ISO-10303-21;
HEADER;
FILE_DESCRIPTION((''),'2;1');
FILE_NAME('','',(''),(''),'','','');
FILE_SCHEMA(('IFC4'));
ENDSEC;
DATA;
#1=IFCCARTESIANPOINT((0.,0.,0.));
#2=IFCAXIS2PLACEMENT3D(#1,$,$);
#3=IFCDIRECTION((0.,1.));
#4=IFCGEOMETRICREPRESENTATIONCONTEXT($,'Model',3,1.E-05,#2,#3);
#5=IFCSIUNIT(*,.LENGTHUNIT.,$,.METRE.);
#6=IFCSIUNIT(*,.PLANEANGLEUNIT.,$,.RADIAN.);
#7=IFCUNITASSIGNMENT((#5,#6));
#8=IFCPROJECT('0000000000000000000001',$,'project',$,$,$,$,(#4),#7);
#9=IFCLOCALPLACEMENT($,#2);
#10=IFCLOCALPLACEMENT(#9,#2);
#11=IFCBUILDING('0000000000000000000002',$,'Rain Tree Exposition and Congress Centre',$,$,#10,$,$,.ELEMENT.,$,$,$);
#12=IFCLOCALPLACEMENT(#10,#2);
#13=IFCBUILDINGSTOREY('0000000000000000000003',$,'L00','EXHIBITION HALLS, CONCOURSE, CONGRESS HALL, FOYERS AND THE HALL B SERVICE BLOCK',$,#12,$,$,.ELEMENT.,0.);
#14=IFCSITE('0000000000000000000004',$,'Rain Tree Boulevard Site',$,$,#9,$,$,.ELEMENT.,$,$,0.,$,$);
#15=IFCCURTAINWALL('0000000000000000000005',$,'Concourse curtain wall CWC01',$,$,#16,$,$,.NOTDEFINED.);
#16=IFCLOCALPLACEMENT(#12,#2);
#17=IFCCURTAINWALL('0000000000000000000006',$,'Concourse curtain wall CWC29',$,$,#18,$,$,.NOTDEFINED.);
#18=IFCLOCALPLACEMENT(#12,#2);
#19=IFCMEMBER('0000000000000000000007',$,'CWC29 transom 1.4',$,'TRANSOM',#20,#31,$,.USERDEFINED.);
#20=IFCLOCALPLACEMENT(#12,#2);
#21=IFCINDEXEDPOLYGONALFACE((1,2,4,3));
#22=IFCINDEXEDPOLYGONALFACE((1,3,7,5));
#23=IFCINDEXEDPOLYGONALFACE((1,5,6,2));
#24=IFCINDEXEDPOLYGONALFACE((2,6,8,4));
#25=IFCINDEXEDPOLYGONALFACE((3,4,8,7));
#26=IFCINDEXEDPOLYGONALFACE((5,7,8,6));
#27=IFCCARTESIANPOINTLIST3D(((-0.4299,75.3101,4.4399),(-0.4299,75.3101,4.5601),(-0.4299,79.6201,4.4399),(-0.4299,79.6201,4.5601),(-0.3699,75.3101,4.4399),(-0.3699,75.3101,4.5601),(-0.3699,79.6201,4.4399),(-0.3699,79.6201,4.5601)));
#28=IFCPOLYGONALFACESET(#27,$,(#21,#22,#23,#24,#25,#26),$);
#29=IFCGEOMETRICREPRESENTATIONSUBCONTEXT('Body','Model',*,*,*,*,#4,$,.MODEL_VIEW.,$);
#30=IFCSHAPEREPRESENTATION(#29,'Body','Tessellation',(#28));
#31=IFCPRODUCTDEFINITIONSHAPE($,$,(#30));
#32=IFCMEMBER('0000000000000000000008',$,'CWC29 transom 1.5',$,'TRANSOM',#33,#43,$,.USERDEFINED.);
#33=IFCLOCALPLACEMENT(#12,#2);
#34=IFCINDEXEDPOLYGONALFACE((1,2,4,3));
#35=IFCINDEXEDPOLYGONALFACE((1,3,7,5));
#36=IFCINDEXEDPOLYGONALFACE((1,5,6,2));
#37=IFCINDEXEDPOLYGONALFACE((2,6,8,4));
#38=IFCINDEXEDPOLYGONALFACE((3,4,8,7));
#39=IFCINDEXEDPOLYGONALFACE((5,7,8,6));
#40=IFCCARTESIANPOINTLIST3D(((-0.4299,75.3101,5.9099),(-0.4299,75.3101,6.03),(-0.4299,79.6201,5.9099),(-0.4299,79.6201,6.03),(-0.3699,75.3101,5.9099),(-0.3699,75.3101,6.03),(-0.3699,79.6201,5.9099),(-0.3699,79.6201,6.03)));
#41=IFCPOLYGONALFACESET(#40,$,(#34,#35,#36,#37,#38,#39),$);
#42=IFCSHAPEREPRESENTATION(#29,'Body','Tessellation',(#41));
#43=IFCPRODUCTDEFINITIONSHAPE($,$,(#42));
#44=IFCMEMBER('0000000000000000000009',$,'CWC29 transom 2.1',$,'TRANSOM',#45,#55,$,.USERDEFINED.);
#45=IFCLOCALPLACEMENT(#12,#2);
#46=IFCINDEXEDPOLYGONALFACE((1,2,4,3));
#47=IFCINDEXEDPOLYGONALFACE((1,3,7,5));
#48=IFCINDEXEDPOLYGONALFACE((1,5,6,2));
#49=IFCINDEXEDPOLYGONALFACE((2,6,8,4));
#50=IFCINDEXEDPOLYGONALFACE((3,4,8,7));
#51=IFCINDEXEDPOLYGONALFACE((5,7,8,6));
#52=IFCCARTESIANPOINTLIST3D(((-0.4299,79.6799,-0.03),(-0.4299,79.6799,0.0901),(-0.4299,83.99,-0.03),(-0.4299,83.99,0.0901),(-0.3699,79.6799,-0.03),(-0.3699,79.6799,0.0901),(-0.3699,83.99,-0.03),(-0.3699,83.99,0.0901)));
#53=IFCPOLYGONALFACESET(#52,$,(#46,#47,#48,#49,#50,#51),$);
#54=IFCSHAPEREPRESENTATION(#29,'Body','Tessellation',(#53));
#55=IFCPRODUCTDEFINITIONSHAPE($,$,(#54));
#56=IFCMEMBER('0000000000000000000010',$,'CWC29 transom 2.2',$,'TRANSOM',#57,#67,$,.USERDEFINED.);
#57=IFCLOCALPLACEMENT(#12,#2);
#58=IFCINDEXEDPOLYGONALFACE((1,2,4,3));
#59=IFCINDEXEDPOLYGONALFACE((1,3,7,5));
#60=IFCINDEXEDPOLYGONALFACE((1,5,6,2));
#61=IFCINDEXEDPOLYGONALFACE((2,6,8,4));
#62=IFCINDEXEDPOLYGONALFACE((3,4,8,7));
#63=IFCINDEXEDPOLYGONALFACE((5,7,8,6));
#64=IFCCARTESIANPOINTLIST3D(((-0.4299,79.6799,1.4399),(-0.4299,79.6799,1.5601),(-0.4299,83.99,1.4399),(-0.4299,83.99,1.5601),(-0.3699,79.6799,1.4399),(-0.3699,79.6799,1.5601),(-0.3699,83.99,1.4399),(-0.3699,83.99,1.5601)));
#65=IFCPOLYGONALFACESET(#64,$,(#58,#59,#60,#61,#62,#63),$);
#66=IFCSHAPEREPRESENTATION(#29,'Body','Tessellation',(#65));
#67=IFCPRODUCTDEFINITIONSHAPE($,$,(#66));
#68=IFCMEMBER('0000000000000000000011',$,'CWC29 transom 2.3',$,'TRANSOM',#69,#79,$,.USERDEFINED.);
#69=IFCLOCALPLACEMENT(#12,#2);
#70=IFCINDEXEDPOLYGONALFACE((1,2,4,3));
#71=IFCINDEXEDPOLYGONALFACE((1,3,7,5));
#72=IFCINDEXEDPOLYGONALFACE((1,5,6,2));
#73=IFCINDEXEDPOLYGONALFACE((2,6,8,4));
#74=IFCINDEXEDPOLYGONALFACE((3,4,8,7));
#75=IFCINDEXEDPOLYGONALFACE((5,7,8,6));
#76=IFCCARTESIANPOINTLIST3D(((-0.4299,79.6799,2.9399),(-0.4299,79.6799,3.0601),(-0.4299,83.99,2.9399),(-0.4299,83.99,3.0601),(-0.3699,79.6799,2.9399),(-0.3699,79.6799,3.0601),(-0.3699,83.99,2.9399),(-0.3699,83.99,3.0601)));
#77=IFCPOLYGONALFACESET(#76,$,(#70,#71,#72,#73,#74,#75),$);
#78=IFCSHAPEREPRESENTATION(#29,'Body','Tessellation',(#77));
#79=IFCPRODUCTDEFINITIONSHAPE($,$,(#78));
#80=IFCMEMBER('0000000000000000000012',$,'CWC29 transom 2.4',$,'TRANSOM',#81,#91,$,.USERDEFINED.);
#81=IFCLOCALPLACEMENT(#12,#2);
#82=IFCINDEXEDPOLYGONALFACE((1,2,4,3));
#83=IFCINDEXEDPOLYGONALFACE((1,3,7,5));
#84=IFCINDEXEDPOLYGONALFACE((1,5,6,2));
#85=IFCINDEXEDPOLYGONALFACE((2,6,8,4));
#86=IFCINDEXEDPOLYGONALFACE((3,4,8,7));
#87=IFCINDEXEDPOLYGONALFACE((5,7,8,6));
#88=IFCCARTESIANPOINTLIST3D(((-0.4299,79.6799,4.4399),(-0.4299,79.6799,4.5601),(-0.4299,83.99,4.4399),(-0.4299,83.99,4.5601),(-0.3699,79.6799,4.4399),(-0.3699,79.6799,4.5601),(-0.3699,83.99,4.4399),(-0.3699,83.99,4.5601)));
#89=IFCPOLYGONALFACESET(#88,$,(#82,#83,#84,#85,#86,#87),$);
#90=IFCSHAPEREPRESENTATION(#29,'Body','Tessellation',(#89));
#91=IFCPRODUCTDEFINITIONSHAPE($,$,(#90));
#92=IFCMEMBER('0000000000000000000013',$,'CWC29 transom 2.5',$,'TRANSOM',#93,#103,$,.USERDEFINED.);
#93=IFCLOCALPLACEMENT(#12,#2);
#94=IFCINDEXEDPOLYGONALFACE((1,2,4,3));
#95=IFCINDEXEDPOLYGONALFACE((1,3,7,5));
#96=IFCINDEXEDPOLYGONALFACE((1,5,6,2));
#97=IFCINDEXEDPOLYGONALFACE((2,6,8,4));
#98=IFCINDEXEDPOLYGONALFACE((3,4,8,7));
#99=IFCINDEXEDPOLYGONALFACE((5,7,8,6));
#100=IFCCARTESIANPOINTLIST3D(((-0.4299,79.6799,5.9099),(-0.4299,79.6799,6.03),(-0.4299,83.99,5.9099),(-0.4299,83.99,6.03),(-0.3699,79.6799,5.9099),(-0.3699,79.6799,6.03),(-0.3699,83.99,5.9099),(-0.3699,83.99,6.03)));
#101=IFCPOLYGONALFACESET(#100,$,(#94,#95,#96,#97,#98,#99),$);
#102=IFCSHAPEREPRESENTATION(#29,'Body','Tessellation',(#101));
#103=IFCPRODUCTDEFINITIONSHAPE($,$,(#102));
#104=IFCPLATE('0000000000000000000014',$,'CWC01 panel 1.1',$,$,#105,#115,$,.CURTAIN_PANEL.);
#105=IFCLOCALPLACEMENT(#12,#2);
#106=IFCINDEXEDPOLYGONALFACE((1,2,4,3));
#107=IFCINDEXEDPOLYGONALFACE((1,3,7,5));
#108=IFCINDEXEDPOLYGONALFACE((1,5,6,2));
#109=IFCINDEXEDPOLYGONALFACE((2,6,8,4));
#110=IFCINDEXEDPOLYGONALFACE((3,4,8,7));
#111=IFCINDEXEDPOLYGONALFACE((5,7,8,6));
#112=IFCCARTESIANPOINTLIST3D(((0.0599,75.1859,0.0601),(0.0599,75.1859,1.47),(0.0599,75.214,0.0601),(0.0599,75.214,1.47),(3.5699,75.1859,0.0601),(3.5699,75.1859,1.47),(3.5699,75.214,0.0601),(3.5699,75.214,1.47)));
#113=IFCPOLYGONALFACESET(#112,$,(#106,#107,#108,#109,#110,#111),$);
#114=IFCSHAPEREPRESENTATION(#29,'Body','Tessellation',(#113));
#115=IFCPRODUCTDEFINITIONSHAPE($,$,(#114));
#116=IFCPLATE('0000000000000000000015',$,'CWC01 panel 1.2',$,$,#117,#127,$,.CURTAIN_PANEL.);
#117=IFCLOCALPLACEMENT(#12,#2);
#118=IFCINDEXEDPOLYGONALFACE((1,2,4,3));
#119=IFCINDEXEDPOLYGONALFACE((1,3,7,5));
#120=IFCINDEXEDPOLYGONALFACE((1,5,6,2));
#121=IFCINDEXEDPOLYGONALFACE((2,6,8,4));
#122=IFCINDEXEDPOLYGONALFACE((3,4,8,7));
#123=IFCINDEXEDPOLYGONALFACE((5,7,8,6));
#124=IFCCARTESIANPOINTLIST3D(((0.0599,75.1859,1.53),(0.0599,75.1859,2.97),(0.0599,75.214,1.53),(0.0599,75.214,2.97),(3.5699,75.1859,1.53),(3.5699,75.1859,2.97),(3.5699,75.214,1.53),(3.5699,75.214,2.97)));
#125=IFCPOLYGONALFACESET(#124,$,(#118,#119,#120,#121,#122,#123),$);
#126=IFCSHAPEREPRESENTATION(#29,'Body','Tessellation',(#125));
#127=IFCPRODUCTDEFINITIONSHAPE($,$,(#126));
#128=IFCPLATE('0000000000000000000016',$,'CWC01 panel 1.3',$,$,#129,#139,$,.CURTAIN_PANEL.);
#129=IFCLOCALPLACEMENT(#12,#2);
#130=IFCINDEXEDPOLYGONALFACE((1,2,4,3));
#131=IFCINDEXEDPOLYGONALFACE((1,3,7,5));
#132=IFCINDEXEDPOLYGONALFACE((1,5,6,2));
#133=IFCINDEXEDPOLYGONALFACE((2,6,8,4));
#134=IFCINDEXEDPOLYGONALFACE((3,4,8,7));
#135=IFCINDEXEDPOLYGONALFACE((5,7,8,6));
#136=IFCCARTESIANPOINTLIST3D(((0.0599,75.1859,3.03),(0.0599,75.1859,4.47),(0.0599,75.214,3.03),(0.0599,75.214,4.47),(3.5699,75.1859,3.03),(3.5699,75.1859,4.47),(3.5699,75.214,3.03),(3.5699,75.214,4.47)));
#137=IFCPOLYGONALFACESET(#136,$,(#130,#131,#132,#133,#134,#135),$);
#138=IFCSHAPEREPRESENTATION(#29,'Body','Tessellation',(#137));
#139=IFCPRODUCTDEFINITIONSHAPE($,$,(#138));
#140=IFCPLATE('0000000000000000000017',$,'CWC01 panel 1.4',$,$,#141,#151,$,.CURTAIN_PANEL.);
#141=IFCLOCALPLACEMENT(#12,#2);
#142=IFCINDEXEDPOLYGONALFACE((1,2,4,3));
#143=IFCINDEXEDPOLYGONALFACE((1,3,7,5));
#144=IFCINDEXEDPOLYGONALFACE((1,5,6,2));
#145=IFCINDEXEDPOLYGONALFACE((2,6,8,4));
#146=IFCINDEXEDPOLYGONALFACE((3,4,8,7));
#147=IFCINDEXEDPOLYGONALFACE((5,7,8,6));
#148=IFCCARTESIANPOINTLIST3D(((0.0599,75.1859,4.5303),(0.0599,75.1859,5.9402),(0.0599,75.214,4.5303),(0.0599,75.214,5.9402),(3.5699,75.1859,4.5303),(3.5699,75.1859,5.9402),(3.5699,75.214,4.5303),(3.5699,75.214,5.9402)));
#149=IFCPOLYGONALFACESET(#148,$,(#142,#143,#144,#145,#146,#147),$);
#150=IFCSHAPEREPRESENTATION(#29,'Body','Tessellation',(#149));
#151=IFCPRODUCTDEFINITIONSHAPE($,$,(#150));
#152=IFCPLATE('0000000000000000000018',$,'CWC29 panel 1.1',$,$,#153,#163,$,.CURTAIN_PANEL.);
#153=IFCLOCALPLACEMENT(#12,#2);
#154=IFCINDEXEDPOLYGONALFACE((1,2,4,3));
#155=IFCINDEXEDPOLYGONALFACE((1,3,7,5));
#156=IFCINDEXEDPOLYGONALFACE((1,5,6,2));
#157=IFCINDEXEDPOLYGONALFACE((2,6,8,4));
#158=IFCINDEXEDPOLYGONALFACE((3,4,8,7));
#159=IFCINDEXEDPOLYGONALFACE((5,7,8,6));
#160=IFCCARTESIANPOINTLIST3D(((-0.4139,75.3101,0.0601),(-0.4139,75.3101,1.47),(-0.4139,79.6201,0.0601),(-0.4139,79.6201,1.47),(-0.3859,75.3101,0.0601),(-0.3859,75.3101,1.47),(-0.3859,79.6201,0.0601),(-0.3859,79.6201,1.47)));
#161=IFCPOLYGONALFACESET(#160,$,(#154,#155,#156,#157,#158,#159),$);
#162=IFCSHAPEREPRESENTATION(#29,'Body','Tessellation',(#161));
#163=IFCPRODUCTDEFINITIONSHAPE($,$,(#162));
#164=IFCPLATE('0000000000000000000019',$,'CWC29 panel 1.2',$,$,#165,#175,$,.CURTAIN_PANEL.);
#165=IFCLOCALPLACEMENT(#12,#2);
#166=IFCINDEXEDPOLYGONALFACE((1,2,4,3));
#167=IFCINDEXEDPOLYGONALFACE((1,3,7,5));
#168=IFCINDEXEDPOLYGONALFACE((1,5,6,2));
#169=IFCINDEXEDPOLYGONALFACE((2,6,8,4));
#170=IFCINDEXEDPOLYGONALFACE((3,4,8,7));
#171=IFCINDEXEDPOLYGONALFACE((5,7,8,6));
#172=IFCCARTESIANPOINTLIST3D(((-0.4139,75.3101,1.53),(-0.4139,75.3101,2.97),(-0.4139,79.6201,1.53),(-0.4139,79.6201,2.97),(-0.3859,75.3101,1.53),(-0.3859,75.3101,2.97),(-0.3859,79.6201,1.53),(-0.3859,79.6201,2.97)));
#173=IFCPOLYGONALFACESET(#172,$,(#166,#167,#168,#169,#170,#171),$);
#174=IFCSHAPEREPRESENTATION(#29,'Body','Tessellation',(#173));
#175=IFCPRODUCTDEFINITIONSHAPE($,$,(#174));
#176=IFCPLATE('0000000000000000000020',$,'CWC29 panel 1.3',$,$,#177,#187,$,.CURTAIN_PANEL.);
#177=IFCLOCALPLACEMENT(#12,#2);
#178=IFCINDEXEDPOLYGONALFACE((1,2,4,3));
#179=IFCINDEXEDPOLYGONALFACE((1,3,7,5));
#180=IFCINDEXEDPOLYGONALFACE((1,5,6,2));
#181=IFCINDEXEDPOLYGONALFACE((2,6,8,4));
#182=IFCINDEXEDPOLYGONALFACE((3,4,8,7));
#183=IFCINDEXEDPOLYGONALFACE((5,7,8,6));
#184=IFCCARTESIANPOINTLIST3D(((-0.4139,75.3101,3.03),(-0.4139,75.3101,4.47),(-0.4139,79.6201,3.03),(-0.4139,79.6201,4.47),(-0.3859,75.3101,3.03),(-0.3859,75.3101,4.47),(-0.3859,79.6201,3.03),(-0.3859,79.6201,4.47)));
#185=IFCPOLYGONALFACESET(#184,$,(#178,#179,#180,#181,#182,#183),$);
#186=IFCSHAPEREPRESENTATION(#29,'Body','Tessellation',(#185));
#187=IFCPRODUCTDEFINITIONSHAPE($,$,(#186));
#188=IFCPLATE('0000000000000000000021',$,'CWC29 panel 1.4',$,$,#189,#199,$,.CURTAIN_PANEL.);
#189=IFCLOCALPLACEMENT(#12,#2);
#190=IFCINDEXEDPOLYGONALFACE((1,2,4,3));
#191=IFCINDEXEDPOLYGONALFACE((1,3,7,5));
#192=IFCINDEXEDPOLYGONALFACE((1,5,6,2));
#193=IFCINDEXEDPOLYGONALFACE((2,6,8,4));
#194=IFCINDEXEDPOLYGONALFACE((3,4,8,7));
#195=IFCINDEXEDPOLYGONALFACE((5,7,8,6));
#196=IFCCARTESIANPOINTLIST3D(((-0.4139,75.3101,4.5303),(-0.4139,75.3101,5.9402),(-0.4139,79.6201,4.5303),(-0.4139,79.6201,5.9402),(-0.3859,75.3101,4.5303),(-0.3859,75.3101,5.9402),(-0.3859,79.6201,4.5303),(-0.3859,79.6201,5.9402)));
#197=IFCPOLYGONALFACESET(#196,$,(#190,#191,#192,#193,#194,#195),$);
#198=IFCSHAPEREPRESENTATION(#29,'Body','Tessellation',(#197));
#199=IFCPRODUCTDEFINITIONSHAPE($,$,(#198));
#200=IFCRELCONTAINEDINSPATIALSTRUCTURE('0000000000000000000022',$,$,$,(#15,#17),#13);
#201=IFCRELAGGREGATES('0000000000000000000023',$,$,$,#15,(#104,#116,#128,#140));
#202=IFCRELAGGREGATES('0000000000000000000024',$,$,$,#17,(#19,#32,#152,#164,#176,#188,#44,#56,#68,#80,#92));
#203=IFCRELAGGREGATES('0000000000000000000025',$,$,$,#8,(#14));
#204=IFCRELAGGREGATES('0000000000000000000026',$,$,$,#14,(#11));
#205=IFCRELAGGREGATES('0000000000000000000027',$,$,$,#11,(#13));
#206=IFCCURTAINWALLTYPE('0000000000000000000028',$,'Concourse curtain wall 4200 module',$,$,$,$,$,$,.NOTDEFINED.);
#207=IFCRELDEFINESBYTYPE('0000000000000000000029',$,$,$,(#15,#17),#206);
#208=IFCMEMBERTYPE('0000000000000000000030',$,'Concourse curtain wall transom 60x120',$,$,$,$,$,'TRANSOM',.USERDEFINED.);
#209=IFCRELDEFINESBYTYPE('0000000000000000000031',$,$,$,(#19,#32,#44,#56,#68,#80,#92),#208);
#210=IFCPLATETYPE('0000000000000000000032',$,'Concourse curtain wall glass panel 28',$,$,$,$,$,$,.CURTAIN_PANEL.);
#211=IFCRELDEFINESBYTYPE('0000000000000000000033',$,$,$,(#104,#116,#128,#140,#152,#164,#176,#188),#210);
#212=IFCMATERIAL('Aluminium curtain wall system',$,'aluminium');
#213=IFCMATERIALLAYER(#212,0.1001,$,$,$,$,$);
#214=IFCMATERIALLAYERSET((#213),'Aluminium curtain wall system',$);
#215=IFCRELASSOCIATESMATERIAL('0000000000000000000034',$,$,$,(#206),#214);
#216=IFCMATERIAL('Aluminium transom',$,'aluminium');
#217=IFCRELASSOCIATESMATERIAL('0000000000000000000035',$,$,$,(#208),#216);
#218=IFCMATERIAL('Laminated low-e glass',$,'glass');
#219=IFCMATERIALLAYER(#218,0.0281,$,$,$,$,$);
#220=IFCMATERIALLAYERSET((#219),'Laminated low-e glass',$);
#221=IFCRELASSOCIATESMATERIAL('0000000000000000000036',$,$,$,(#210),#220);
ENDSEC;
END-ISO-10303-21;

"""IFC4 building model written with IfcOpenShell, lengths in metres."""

from ifc_helpers import new_model, si_unit, direction, frame, origin, origin_2d, place, context, subcontext, project, spatial, rectangle, extrude, material, layer, layer_set, material_profile, profile_set, type_object, element, aggregate, save


model = new_model("IFC4")

# Units and contexts
model_context = context("Model", 3, precision=1e-05, world=origin(), true_north=direction((0.0, 1.0)))
body_context = subcontext(model_context, "Body", "Model", "MODEL_VIEW")
ifc_project = project(units=[si_unit("LENGTHUNIT", "METRE"), si_unit("PLANEANGLEUNIT", "RADIAN")], contexts=[model_context])

# Site, building, storey
site_placement = place(None, origin())
site = spatial("IfcSite", under=ifc_project, at=site_placement, Name="Rain Tree Boulevard Site", CompositionType="ELEMENT", RefElevation=0.0)
building_placement = place(site_placement, origin())
building = spatial("IfcBuilding", under=site, at=building_placement, Name="Rain Tree Exposition and Congress Centre", CompositionType="ELEMENT")
storey_placement = place(building_placement, origin())
storey = spatial("IfcBuildingStorey", under=building, at=storey_placement, Name="L00", Description="EXHIBITION HALLS, CONCOURSE, CONGRESS HALL, FOYERS AND THE HALL B SERVICE BLOCK", CompositionType="ELEMENT", Elevation=0.0)

# Curtain walls
ifc_material_1 = material(Name="Aluminium curtain wall system", Category="aluminium")
ifc_layer_1 = layer(ifc_material_1, 0.1001)
ifc_layer_set_1 = layer_set([ifc_layer_1], Name="Aluminium curtain wall system")
curtain_wall_type = type_object("IfcCurtainWallType", Name="Concourse curtain wall 4200 module", PredefinedType="NOTDEFINED", material=ifc_layer_set_1)
curtain_wall_1_placement = place(storey_placement, origin())
curtain_wall_1 = element("IfcCurtainWall", 1, at=curtain_wall_1_placement, inside=storey, type_object=curtain_wall_type, Name="Concourse curtain wall CWC01", PredefinedType="NOTDEFINED")
curtain_wall_2_placement = place(storey_placement, origin())
curtain_wall_2 = element("IfcCurtainWall", 2, at=curtain_wall_2_placement, inside=storey, type_object=curtain_wall_type, Name="Concourse curtain wall CWC29", PredefinedType="NOTDEFINED")

# Members
ifc_material_2 = material(Name="Aluminium transom", Category="aluminium")
ifc_material_profile_1 = material_profile(ifc_material_2, rectangle(XDim=0.0601, YDim=0.1201, at=origin_2d()), Name="AL 60x120")
ifc_profile_set_1 = profile_set([ifc_material_profile_1], Name="Aluminium transom")
member_type_1 = type_object("IfcMemberType", Name="Concourse curtain wall transom 60x120", ElementType="TRANSOM", PredefinedType="USERDEFINED", material=ifc_profile_set_1)
member_1_placement = place(storey_placement, frame((-0.3999, 75.3101, 4.5), z_axis=(0.0, 1.0, 0.0), x_axis=(-1.0, 0.0, 0.0)))
member_1 = element("IfcMember", 3, at=member_1_placement, type_object=member_type_1, Name="CWC29 transom 1.4", ObjectType="TRANSOM", PredefinedType="USERDEFINED", context=body_context, shape_type="SweptSolid", body=[
    extrude(rectangle(XDim=0.0601, YDim=0.1201, at=origin_2d()), origin(), (0.0, 0.0, 1.0), 4.3101),
])
member_2_placement = place(storey_placement, frame((-0.3999, 75.3101, 5.97), z_axis=(0.0, 1.0, 0.0), x_axis=(-1.0, 0.0, 0.0)))
member_2 = element("IfcMember", 4, at=member_2_placement, type_object=member_type_1, Name="CWC29 transom 1.5", ObjectType="TRANSOM", PredefinedType="USERDEFINED", context=body_context, shape_type="SweptSolid", body=[
    extrude(rectangle(XDim=0.0601, YDim=0.1201, at=origin_2d()), origin(), (0.0, 0.0, 1.0), 4.3101),
])
member_3_placement = place(storey_placement, frame((-0.3999, 79.6799, 0.03), z_axis=(0.0, 1.0, 0.0), x_axis=(-1.0, 0.0, 0.0)))
member_3 = element("IfcMember", 5, at=member_3_placement, type_object=member_type_1, Name="CWC29 transom 2.1", ObjectType="TRANSOM", PredefinedType="USERDEFINED", context=body_context, shape_type="SweptSolid", body=[
    extrude(rectangle(XDim=0.0601, YDim=0.1201, at=origin_2d()), origin(), (0.0, 0.0, 1.0), 4.3101),
])
member_4_placement = place(storey_placement, frame((-0.3999, 79.6799, 1.5), z_axis=(0.0, 1.0, 0.0), x_axis=(-1.0, 0.0, 0.0)))
member_4 = element("IfcMember", 6, at=member_4_placement, type_object=member_type_1, Name="CWC29 transom 2.2", ObjectType="TRANSOM", PredefinedType="USERDEFINED", context=body_context, shape_type="SweptSolid", body=[
    extrude(rectangle(XDim=0.0601, YDim=0.1201, at=origin_2d()), origin(), (0.0, 0.0, 1.0), 4.3101),
])
member_5_placement = place(storey_placement, frame((-0.3999, 79.6799, 3.0), z_axis=(0.0, 1.0, 0.0), x_axis=(-1.0, 0.0, 0.0)))
member_5 = element("IfcMember", 7, at=member_5_placement, type_object=member_type_1, Name="CWC29 transom 2.3", ObjectType="TRANSOM", PredefinedType="USERDEFINED", context=body_context, shape_type="SweptSolid", body=[
    extrude(rectangle(XDim=0.0601, YDim=0.1201, at=origin_2d()), origin(), (0.0, 0.0, 1.0), 4.3101),
])
member_6_placement = place(storey_placement, frame((-0.3999, 79.6799, 4.5), z_axis=(0.0, 1.0, 0.0), x_axis=(-1.0, 0.0, 0.0)))
member_6 = element("IfcMember", 8, at=member_6_placement, type_object=member_type_1, Name="CWC29 transom 2.4", ObjectType="TRANSOM", PredefinedType="USERDEFINED", context=body_context, shape_type="SweptSolid", body=[
    extrude(rectangle(XDim=0.0601, YDim=0.1201, at=origin_2d()), origin(), (0.0, 0.0, 1.0), 4.3101),
])
member_7_placement = place(storey_placement, frame((-0.3999, 79.6799, 5.97), z_axis=(0.0, 1.0, 0.0), x_axis=(-1.0, 0.0, 0.0)))
member_7 = element("IfcMember", 9, at=member_7_placement, type_object=member_type_1, Name="CWC29 transom 2.5", ObjectType="TRANSOM", PredefinedType="USERDEFINED", context=body_context, shape_type="SweptSolid", body=[
    extrude(rectangle(XDim=0.0601, YDim=0.1201, at=origin_2d()), origin(), (0.0, 0.0, 1.0), 4.3101),
])

# Plates
ifc_material_3 = material(Name="Laminated low-e glass", Category="glass")
ifc_layer_2 = layer(ifc_material_3, 0.0281)
ifc_layer_set_2 = layer_set([ifc_layer_2], Name="Laminated low-e glass")
plate_type = type_object("IfcPlateType", Name="Concourse curtain wall glass panel 28", PredefinedType="CURTAIN_PANEL", material=ifc_layer_set_2)
plate_1_placement = place(storey_placement, frame((1.8149, 75.2, 0.0601), z_axis=(0.0, 0.0, 1.0), x_axis=(1.0, 0.0, 0.0)))
plate_1 = element("IfcPlate", 10, at=plate_1_placement, type_object=plate_type, Name="CWC01 panel 1.1", PredefinedType="CURTAIN_PANEL", context=body_context, shape_type="SweptSolid", body=[
    extrude(rectangle(XDim=3.51, YDim=0.0281, at=origin_2d()), origin(), (0.0, 0.0, 1.0), 1.4099),
])
plate_2_placement = place(storey_placement, frame((1.8149, 75.2, 1.53), z_axis=(0.0, 0.0, 1.0), x_axis=(1.0, 0.0, 0.0)))
plate_2 = element("IfcPlate", 11, at=plate_2_placement, type_object=plate_type, Name="CWC01 panel 1.2", PredefinedType="CURTAIN_PANEL", context=body_context, shape_type="SweptSolid", body=[
    extrude(rectangle(XDim=3.51, YDim=0.0281, at=origin_2d()), origin(), (0.0, 0.0, 1.0), 1.4399),
])
plate_3_placement = place(storey_placement, frame((1.8149, 75.2, 3.03), z_axis=(0.0, 0.0, 1.0), x_axis=(1.0, 0.0, 0.0)))
plate_3 = element("IfcPlate", 12, at=plate_3_placement, type_object=plate_type, Name="CWC01 panel 1.3", PredefinedType="CURTAIN_PANEL", context=body_context, shape_type="SweptSolid", body=[
    extrude(rectangle(XDim=3.51, YDim=0.0281, at=origin_2d()), origin(), (0.0, 0.0, 1.0), 1.4399),
])
plate_4_placement = place(storey_placement, frame((1.8149, 75.2, 4.5303), z_axis=(0.0, 0.0, 1.0), x_axis=(1.0, 0.0, 0.0)))
plate_4 = element("IfcPlate", 13, at=plate_4_placement, type_object=plate_type, Name="CWC01 panel 1.4", PredefinedType="CURTAIN_PANEL", context=body_context, shape_type="SweptSolid", body=[
    extrude(rectangle(XDim=3.51, YDim=0.0281, at=origin_2d()), origin(), (0.0, 0.0, 1.0), 1.4099),
])
aggregate(curtain_wall_1, [plate_1, plate_2, plate_3, plate_4])
plate_5_placement = place(storey_placement, frame((-0.3999, 77.4651, 0.0601), z_axis=(0.0, 0.0, 1.0), x_axis=(0.0, 1.0, 0.0)))
plate_5 = element("IfcPlate", 14, at=plate_5_placement, type_object=plate_type, Name="CWC29 panel 1.1", PredefinedType="CURTAIN_PANEL", context=body_context, shape_type="SweptSolid", body=[
    extrude(rectangle(XDim=4.3101, YDim=0.0281, at=origin_2d()), origin(), (0.0, 0.0, 1.0), 1.4099),
])
plate_6_placement = place(storey_placement, frame((-0.3999, 77.4651, 1.53), z_axis=(0.0, 0.0, 1.0), x_axis=(0.0, 1.0, 0.0)))
plate_6 = element("IfcPlate", 15, at=plate_6_placement, type_object=plate_type, Name="CWC29 panel 1.2", PredefinedType="CURTAIN_PANEL", context=body_context, shape_type="SweptSolid", body=[
    extrude(rectangle(XDim=4.3101, YDim=0.0281, at=origin_2d()), origin(), (0.0, 0.0, 1.0), 1.4399),
])
plate_7_placement = place(storey_placement, frame((-0.3999, 77.4651, 3.03), z_axis=(0.0, 0.0, 1.0), x_axis=(0.0, 1.0, 0.0)))
plate_7 = element("IfcPlate", 16, at=plate_7_placement, type_object=plate_type, Name="CWC29 panel 1.3", PredefinedType="CURTAIN_PANEL", context=body_context, shape_type="SweptSolid", body=[
    extrude(rectangle(XDim=4.3101, YDim=0.0281, at=origin_2d()), origin(), (0.0, 0.0, 1.0), 1.4399),
])
plate_8_placement = place(storey_placement, frame((-0.3999, 77.4651, 4.5303), z_axis=(0.0, 0.0, 1.0), x_axis=(0.0, 1.0, 0.0)))
plate_8 = element("IfcPlate", 17, at=plate_8_placement, type_object=plate_type, Name="CWC29 panel 1.4", PredefinedType="CURTAIN_PANEL", context=body_context, shape_type="SweptSolid", body=[
    extrude(rectangle(XDim=4.3101, YDim=0.0281, at=origin_2d()), origin(), (0.0, 0.0, 1.0), 1.4099),
])
aggregate(curtain_wall_2, [member_1, member_2, plate_5, plate_6, plate_7, plate_8, member_3, member_4, member_5, member_6, member_7])

save(model, "model.ifc")
